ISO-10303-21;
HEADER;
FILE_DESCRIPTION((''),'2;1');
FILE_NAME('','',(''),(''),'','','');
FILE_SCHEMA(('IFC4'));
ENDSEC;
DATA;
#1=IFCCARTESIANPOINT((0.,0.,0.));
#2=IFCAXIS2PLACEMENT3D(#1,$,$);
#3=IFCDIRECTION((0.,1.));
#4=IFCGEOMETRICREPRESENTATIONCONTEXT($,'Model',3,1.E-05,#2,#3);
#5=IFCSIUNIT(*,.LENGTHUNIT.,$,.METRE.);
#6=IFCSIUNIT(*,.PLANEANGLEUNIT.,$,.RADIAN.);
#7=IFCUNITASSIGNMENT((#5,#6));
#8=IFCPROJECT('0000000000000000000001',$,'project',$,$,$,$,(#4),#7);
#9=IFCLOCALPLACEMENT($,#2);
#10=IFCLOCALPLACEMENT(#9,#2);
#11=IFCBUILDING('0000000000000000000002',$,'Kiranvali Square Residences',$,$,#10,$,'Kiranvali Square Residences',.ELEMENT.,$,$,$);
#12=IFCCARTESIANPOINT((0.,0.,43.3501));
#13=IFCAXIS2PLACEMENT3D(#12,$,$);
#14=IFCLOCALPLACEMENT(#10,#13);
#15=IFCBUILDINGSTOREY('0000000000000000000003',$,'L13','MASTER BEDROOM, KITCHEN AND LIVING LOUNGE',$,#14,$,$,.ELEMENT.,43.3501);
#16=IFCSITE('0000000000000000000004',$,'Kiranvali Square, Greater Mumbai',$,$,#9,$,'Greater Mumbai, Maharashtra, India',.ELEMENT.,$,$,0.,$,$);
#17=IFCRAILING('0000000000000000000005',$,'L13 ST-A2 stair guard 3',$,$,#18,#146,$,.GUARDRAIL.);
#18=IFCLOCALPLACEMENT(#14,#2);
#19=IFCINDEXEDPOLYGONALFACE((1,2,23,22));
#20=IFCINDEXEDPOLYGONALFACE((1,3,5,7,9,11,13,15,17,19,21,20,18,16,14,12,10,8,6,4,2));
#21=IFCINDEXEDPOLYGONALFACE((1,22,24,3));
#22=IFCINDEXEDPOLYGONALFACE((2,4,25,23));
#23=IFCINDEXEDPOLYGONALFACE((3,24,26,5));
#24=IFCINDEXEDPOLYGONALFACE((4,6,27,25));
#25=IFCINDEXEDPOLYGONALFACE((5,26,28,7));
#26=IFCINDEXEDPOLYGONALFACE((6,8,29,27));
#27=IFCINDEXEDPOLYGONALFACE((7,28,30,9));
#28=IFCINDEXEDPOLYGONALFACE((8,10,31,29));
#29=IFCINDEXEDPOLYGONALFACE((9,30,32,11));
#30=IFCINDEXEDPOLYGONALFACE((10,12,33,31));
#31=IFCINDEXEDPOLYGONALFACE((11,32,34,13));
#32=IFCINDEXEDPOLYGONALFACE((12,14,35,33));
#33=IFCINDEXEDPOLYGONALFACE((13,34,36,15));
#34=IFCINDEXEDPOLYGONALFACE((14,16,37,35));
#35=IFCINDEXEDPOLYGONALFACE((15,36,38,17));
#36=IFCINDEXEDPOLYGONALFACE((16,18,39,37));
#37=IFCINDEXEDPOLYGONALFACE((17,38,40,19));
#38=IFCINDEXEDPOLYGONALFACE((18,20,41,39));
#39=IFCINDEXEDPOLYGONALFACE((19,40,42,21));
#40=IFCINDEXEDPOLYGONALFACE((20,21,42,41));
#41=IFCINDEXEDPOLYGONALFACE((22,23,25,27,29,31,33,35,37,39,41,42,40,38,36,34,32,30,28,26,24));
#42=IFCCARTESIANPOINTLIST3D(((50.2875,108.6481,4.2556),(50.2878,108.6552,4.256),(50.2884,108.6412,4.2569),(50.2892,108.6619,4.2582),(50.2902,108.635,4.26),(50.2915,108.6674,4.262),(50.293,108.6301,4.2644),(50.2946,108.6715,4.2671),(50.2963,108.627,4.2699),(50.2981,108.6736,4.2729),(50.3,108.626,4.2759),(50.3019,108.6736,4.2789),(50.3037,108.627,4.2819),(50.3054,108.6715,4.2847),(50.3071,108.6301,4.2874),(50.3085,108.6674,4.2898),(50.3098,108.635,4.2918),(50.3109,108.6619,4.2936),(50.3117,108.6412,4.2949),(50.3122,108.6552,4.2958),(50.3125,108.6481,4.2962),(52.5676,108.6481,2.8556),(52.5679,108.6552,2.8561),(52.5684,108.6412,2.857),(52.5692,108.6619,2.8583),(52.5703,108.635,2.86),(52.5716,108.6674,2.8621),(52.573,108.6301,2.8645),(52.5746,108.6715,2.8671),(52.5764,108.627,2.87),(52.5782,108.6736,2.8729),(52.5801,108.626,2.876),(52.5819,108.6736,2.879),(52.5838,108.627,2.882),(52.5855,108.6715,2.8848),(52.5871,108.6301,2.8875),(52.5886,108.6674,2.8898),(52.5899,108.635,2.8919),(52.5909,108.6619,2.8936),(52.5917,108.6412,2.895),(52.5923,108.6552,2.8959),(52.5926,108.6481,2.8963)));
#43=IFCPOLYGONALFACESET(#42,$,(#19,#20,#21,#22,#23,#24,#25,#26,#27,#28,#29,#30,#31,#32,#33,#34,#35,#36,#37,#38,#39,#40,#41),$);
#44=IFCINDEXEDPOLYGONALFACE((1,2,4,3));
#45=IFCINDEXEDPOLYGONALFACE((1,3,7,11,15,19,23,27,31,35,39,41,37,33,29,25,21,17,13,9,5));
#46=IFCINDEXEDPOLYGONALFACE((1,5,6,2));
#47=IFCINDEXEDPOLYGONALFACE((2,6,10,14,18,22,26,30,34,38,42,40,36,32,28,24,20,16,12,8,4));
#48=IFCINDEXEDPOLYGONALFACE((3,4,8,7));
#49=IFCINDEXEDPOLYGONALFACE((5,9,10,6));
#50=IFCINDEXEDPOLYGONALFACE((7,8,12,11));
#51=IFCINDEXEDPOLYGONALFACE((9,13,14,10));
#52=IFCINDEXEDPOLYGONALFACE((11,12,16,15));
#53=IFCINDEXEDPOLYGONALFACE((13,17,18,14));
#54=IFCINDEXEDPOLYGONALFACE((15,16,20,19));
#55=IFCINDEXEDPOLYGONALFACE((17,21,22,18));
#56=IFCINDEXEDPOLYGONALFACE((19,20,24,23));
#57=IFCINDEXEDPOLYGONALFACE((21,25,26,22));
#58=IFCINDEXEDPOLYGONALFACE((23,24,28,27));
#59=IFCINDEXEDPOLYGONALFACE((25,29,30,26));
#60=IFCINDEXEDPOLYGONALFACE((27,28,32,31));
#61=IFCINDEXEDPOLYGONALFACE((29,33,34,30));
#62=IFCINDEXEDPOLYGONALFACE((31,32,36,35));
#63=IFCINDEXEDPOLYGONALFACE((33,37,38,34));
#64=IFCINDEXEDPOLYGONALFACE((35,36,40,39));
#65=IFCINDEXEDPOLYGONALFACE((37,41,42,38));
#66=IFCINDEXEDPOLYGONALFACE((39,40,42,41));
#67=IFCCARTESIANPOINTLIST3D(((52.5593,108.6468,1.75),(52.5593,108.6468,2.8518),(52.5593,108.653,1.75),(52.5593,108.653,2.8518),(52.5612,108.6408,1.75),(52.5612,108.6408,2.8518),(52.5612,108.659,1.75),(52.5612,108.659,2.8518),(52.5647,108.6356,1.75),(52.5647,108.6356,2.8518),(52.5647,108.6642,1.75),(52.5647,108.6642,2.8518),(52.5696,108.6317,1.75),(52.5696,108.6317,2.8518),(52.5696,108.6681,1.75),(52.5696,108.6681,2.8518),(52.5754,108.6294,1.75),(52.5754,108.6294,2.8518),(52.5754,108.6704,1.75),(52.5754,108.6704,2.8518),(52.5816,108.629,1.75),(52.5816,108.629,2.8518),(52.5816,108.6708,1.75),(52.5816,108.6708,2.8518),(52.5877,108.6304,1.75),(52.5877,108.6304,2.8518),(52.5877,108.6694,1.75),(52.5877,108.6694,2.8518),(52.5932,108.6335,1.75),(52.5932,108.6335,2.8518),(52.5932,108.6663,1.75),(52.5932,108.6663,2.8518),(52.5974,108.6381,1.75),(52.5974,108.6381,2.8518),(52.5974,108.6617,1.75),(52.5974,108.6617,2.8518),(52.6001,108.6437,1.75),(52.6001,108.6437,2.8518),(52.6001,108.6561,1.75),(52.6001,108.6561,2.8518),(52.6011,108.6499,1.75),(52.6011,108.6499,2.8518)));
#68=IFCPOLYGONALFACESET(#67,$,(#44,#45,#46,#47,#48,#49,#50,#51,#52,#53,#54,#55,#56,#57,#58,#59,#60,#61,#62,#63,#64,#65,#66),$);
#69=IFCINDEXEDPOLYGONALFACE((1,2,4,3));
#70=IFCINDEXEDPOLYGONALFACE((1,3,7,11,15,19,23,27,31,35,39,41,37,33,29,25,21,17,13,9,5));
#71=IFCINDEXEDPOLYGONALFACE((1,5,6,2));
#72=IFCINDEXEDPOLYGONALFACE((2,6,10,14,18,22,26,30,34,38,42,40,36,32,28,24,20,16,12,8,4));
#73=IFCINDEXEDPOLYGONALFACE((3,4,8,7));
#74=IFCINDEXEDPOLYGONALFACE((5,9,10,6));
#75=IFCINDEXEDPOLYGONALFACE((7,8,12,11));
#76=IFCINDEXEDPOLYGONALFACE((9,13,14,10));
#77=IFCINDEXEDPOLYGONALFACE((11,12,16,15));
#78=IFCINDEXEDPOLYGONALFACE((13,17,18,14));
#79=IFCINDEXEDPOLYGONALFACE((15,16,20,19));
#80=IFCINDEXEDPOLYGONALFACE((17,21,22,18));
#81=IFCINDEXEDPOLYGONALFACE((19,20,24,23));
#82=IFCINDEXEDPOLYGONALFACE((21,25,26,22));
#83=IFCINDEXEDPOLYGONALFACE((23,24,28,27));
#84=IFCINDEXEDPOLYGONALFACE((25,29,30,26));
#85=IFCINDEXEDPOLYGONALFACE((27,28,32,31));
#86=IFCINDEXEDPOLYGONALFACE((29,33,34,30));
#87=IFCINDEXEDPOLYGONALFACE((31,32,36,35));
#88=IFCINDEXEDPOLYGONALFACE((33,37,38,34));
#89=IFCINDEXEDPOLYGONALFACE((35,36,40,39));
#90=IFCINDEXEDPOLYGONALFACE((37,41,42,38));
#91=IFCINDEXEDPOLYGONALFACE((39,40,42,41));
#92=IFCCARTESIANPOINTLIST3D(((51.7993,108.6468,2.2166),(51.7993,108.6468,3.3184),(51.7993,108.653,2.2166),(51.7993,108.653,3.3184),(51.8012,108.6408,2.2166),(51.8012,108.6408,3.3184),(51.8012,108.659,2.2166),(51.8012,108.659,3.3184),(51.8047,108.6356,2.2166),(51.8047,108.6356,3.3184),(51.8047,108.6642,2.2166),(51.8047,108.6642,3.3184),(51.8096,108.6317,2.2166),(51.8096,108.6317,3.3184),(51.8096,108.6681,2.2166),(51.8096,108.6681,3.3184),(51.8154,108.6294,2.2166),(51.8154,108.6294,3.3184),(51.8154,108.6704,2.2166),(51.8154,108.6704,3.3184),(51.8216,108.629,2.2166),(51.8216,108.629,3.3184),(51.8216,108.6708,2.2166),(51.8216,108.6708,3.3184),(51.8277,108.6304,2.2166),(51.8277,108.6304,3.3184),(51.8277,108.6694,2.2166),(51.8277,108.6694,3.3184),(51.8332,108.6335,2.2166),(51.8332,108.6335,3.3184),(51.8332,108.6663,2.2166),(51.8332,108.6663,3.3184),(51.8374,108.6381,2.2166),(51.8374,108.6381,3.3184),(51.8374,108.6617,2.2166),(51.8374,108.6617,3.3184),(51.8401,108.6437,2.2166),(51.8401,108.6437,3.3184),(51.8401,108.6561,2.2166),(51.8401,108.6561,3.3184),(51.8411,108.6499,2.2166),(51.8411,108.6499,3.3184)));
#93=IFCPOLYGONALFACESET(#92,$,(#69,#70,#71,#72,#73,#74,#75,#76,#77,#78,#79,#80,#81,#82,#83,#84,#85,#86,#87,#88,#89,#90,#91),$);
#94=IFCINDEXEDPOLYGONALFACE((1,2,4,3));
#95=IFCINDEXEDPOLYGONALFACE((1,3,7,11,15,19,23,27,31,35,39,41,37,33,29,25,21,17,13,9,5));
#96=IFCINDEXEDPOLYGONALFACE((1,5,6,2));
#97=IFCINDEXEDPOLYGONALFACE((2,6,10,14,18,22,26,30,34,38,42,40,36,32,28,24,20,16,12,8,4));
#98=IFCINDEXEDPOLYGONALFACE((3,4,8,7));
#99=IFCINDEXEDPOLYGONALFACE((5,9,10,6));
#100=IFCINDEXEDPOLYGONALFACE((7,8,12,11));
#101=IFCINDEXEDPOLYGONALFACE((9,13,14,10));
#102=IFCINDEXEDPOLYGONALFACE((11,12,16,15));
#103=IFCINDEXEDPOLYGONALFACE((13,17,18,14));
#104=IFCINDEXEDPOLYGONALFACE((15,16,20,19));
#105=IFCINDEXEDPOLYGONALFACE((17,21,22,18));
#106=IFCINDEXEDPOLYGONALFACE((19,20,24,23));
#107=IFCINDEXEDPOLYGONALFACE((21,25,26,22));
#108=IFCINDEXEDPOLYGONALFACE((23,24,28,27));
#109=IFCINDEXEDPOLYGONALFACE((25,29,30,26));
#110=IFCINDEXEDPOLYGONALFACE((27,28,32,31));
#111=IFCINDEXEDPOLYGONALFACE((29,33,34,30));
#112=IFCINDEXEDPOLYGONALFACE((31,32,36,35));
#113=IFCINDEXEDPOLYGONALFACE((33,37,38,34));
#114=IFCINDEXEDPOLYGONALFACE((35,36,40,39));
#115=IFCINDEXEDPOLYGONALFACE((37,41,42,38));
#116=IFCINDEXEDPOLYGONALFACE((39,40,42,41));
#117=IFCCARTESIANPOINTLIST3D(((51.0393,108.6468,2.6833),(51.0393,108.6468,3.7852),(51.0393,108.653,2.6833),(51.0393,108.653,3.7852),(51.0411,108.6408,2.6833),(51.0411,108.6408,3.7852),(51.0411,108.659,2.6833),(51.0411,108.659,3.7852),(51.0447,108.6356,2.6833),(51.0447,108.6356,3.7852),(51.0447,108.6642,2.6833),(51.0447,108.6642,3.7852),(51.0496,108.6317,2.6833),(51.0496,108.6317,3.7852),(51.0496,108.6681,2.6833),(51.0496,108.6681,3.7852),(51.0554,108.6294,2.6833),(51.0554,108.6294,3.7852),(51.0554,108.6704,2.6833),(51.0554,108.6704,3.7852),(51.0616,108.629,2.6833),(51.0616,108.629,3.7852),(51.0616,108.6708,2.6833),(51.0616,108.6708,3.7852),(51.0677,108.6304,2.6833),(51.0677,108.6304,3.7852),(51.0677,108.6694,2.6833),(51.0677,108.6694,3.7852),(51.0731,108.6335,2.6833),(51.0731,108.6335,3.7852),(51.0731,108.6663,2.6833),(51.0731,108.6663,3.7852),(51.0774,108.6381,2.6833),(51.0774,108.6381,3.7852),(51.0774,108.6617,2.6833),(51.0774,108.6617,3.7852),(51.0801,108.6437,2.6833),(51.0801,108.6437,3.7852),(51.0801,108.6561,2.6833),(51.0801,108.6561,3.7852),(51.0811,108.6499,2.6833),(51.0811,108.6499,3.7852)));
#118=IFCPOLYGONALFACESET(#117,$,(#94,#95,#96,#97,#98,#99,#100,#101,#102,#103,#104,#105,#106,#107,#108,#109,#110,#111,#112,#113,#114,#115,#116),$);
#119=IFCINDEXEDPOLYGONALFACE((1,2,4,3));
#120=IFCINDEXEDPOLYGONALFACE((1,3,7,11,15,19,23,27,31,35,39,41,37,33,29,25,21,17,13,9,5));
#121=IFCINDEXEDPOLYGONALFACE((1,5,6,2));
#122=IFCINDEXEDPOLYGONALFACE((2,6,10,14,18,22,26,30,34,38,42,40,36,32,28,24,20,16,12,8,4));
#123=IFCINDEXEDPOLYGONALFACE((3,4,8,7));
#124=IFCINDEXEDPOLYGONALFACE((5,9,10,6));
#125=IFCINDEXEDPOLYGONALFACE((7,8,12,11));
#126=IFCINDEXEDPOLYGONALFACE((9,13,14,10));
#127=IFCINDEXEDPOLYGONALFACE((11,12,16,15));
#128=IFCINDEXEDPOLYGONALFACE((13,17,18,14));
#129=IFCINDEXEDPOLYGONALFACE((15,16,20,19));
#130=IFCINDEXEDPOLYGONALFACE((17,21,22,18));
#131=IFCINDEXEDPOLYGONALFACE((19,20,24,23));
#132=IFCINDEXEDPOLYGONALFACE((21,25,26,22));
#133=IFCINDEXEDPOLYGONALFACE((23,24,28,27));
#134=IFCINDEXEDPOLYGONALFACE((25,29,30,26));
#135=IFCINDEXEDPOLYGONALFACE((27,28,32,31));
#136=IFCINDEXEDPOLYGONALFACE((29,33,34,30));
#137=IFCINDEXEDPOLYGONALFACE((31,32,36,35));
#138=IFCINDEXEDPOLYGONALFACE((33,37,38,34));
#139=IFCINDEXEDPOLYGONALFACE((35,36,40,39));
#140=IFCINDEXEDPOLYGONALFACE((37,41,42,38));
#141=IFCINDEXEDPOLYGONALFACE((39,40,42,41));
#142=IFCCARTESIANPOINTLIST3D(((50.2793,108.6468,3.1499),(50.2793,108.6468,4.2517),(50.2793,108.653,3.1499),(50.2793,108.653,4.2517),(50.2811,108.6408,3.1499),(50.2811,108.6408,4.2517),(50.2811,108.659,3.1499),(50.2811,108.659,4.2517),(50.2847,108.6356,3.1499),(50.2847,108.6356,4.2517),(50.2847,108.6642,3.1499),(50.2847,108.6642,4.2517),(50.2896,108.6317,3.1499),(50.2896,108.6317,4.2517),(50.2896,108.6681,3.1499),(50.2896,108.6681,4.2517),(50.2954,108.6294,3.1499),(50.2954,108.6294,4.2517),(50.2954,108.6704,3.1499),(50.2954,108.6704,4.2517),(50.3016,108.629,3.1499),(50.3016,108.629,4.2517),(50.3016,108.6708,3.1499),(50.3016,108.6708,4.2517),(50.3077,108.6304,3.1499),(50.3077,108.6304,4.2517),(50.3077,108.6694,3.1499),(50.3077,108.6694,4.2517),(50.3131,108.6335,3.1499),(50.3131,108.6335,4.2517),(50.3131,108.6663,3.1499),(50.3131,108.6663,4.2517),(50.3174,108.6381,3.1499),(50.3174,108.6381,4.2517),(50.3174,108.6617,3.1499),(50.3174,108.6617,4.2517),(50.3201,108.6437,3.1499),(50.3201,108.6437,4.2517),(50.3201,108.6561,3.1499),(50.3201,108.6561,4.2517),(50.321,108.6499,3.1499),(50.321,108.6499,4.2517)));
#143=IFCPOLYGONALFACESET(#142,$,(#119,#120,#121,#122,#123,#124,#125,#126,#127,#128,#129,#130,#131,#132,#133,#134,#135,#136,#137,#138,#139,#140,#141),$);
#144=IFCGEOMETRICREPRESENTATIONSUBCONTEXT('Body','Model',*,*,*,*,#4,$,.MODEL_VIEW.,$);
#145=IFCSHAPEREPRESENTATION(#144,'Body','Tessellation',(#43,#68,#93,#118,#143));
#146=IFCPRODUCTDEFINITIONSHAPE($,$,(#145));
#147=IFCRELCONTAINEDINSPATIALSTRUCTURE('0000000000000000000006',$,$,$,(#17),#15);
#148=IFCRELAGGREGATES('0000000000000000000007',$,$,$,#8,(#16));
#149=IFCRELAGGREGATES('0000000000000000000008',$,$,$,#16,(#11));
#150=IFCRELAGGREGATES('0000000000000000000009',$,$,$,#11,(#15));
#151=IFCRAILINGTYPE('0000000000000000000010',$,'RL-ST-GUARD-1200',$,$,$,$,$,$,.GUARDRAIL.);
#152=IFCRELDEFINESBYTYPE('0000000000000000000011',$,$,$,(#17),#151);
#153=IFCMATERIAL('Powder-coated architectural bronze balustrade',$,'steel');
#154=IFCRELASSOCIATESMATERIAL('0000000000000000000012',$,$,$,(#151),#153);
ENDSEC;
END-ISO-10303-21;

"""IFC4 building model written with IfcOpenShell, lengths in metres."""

from ifc_helpers import new_model, si_unit, direction, frame, origin, origin_2d, place, context, subcontext, project, spatial, circle, extrude, material, type_object, element, save


model = new_model("IFC4")

# Units and contexts
model_context = context("Model", 3, precision=1e-05, world=origin(), true_north=direction((0.0, 1.0)))
body_context = subcontext(model_context, "Body", "Model", "MODEL_VIEW")
ifc_project = project(units=[si_unit("LENGTHUNIT", "METRE"), si_unit("PLANEANGLEUNIT", "RADIAN")], contexts=[model_context])

# Site, building, storey
site_placement = place(None, origin())
site = spatial("IfcSite", under=ifc_project, at=site_placement, Name="Kiranvali Square, Greater Mumbai", LongName="Greater Mumbai, Maharashtra, India", CompositionType="ELEMENT", RefElevation=0.0)
building_placement = place(site_placement, origin())
building = spatial("IfcBuilding", under=site, at=building_placement, Name="Kiranvali Square Residences", LongName="Kiranvali Square Residences", CompositionType="ELEMENT")
storey_placement = place(building_placement, frame((0.0, 0.0, 43.3501)))
storey = spatial("IfcBuildingStorey", under=building, at=storey_placement, Name="L13", Description="MASTER BEDROOM, KITCHEN AND LIVING LOUNGE", CompositionType="ELEMENT", Elevation=43.3501)

# Railing
ifc_material_1 = material(Name="Powder-coated architectural bronze balustrade", Category="steel")
railing_type_1 = type_object("IfcRailingType", Name="RL-ST-GUARD-1200", PredefinedType="GUARDRAIL", material=ifc_material_1)
railing_1_placement = place(storey_placement, frame((52.5801, 108.6499, 1.75)))
element("IfcRailing", 1, at=railing_1_placement, inside=storey, type_object=railing_type_1, Name="L13 ST-A2 stair guard 3", PredefinedType="GUARDRAIL", context=body_context, shape_type="SweptSolid", body=[
    extrude(circle(Radius=0.0239, at=origin_2d()), frame((0.0, 0.0, 1.126), z_axis=(-0.85219, 0.0, 0.523232), x_axis=(0.0, -1.0, 0.0)), (0.0, 0.0, 1.0), 2.6755),
    extrude(circle(Radius=0.021, at=origin_2d()), origin(), (0.0, 0.0, 1.0), 1.1018),
    extrude(circle(Radius=0.021, at=origin_2d()), frame((-0.76, 0.0, 0.4666)), (0.0, 0.0, 1.0), 1.1018),
    extrude(circle(Radius=0.021, at=origin_2d()), frame((-1.52, 0.0, 0.9333)), (0.0, 0.0, 1.0), 1.1018),
    extrude(circle(Radius=0.021, at=origin_2d()), frame((-2.28, 0.0, 1.3999)), (0.0, 0.0, 1.0), 1.1018),
])

save(model, "model.ifc")
